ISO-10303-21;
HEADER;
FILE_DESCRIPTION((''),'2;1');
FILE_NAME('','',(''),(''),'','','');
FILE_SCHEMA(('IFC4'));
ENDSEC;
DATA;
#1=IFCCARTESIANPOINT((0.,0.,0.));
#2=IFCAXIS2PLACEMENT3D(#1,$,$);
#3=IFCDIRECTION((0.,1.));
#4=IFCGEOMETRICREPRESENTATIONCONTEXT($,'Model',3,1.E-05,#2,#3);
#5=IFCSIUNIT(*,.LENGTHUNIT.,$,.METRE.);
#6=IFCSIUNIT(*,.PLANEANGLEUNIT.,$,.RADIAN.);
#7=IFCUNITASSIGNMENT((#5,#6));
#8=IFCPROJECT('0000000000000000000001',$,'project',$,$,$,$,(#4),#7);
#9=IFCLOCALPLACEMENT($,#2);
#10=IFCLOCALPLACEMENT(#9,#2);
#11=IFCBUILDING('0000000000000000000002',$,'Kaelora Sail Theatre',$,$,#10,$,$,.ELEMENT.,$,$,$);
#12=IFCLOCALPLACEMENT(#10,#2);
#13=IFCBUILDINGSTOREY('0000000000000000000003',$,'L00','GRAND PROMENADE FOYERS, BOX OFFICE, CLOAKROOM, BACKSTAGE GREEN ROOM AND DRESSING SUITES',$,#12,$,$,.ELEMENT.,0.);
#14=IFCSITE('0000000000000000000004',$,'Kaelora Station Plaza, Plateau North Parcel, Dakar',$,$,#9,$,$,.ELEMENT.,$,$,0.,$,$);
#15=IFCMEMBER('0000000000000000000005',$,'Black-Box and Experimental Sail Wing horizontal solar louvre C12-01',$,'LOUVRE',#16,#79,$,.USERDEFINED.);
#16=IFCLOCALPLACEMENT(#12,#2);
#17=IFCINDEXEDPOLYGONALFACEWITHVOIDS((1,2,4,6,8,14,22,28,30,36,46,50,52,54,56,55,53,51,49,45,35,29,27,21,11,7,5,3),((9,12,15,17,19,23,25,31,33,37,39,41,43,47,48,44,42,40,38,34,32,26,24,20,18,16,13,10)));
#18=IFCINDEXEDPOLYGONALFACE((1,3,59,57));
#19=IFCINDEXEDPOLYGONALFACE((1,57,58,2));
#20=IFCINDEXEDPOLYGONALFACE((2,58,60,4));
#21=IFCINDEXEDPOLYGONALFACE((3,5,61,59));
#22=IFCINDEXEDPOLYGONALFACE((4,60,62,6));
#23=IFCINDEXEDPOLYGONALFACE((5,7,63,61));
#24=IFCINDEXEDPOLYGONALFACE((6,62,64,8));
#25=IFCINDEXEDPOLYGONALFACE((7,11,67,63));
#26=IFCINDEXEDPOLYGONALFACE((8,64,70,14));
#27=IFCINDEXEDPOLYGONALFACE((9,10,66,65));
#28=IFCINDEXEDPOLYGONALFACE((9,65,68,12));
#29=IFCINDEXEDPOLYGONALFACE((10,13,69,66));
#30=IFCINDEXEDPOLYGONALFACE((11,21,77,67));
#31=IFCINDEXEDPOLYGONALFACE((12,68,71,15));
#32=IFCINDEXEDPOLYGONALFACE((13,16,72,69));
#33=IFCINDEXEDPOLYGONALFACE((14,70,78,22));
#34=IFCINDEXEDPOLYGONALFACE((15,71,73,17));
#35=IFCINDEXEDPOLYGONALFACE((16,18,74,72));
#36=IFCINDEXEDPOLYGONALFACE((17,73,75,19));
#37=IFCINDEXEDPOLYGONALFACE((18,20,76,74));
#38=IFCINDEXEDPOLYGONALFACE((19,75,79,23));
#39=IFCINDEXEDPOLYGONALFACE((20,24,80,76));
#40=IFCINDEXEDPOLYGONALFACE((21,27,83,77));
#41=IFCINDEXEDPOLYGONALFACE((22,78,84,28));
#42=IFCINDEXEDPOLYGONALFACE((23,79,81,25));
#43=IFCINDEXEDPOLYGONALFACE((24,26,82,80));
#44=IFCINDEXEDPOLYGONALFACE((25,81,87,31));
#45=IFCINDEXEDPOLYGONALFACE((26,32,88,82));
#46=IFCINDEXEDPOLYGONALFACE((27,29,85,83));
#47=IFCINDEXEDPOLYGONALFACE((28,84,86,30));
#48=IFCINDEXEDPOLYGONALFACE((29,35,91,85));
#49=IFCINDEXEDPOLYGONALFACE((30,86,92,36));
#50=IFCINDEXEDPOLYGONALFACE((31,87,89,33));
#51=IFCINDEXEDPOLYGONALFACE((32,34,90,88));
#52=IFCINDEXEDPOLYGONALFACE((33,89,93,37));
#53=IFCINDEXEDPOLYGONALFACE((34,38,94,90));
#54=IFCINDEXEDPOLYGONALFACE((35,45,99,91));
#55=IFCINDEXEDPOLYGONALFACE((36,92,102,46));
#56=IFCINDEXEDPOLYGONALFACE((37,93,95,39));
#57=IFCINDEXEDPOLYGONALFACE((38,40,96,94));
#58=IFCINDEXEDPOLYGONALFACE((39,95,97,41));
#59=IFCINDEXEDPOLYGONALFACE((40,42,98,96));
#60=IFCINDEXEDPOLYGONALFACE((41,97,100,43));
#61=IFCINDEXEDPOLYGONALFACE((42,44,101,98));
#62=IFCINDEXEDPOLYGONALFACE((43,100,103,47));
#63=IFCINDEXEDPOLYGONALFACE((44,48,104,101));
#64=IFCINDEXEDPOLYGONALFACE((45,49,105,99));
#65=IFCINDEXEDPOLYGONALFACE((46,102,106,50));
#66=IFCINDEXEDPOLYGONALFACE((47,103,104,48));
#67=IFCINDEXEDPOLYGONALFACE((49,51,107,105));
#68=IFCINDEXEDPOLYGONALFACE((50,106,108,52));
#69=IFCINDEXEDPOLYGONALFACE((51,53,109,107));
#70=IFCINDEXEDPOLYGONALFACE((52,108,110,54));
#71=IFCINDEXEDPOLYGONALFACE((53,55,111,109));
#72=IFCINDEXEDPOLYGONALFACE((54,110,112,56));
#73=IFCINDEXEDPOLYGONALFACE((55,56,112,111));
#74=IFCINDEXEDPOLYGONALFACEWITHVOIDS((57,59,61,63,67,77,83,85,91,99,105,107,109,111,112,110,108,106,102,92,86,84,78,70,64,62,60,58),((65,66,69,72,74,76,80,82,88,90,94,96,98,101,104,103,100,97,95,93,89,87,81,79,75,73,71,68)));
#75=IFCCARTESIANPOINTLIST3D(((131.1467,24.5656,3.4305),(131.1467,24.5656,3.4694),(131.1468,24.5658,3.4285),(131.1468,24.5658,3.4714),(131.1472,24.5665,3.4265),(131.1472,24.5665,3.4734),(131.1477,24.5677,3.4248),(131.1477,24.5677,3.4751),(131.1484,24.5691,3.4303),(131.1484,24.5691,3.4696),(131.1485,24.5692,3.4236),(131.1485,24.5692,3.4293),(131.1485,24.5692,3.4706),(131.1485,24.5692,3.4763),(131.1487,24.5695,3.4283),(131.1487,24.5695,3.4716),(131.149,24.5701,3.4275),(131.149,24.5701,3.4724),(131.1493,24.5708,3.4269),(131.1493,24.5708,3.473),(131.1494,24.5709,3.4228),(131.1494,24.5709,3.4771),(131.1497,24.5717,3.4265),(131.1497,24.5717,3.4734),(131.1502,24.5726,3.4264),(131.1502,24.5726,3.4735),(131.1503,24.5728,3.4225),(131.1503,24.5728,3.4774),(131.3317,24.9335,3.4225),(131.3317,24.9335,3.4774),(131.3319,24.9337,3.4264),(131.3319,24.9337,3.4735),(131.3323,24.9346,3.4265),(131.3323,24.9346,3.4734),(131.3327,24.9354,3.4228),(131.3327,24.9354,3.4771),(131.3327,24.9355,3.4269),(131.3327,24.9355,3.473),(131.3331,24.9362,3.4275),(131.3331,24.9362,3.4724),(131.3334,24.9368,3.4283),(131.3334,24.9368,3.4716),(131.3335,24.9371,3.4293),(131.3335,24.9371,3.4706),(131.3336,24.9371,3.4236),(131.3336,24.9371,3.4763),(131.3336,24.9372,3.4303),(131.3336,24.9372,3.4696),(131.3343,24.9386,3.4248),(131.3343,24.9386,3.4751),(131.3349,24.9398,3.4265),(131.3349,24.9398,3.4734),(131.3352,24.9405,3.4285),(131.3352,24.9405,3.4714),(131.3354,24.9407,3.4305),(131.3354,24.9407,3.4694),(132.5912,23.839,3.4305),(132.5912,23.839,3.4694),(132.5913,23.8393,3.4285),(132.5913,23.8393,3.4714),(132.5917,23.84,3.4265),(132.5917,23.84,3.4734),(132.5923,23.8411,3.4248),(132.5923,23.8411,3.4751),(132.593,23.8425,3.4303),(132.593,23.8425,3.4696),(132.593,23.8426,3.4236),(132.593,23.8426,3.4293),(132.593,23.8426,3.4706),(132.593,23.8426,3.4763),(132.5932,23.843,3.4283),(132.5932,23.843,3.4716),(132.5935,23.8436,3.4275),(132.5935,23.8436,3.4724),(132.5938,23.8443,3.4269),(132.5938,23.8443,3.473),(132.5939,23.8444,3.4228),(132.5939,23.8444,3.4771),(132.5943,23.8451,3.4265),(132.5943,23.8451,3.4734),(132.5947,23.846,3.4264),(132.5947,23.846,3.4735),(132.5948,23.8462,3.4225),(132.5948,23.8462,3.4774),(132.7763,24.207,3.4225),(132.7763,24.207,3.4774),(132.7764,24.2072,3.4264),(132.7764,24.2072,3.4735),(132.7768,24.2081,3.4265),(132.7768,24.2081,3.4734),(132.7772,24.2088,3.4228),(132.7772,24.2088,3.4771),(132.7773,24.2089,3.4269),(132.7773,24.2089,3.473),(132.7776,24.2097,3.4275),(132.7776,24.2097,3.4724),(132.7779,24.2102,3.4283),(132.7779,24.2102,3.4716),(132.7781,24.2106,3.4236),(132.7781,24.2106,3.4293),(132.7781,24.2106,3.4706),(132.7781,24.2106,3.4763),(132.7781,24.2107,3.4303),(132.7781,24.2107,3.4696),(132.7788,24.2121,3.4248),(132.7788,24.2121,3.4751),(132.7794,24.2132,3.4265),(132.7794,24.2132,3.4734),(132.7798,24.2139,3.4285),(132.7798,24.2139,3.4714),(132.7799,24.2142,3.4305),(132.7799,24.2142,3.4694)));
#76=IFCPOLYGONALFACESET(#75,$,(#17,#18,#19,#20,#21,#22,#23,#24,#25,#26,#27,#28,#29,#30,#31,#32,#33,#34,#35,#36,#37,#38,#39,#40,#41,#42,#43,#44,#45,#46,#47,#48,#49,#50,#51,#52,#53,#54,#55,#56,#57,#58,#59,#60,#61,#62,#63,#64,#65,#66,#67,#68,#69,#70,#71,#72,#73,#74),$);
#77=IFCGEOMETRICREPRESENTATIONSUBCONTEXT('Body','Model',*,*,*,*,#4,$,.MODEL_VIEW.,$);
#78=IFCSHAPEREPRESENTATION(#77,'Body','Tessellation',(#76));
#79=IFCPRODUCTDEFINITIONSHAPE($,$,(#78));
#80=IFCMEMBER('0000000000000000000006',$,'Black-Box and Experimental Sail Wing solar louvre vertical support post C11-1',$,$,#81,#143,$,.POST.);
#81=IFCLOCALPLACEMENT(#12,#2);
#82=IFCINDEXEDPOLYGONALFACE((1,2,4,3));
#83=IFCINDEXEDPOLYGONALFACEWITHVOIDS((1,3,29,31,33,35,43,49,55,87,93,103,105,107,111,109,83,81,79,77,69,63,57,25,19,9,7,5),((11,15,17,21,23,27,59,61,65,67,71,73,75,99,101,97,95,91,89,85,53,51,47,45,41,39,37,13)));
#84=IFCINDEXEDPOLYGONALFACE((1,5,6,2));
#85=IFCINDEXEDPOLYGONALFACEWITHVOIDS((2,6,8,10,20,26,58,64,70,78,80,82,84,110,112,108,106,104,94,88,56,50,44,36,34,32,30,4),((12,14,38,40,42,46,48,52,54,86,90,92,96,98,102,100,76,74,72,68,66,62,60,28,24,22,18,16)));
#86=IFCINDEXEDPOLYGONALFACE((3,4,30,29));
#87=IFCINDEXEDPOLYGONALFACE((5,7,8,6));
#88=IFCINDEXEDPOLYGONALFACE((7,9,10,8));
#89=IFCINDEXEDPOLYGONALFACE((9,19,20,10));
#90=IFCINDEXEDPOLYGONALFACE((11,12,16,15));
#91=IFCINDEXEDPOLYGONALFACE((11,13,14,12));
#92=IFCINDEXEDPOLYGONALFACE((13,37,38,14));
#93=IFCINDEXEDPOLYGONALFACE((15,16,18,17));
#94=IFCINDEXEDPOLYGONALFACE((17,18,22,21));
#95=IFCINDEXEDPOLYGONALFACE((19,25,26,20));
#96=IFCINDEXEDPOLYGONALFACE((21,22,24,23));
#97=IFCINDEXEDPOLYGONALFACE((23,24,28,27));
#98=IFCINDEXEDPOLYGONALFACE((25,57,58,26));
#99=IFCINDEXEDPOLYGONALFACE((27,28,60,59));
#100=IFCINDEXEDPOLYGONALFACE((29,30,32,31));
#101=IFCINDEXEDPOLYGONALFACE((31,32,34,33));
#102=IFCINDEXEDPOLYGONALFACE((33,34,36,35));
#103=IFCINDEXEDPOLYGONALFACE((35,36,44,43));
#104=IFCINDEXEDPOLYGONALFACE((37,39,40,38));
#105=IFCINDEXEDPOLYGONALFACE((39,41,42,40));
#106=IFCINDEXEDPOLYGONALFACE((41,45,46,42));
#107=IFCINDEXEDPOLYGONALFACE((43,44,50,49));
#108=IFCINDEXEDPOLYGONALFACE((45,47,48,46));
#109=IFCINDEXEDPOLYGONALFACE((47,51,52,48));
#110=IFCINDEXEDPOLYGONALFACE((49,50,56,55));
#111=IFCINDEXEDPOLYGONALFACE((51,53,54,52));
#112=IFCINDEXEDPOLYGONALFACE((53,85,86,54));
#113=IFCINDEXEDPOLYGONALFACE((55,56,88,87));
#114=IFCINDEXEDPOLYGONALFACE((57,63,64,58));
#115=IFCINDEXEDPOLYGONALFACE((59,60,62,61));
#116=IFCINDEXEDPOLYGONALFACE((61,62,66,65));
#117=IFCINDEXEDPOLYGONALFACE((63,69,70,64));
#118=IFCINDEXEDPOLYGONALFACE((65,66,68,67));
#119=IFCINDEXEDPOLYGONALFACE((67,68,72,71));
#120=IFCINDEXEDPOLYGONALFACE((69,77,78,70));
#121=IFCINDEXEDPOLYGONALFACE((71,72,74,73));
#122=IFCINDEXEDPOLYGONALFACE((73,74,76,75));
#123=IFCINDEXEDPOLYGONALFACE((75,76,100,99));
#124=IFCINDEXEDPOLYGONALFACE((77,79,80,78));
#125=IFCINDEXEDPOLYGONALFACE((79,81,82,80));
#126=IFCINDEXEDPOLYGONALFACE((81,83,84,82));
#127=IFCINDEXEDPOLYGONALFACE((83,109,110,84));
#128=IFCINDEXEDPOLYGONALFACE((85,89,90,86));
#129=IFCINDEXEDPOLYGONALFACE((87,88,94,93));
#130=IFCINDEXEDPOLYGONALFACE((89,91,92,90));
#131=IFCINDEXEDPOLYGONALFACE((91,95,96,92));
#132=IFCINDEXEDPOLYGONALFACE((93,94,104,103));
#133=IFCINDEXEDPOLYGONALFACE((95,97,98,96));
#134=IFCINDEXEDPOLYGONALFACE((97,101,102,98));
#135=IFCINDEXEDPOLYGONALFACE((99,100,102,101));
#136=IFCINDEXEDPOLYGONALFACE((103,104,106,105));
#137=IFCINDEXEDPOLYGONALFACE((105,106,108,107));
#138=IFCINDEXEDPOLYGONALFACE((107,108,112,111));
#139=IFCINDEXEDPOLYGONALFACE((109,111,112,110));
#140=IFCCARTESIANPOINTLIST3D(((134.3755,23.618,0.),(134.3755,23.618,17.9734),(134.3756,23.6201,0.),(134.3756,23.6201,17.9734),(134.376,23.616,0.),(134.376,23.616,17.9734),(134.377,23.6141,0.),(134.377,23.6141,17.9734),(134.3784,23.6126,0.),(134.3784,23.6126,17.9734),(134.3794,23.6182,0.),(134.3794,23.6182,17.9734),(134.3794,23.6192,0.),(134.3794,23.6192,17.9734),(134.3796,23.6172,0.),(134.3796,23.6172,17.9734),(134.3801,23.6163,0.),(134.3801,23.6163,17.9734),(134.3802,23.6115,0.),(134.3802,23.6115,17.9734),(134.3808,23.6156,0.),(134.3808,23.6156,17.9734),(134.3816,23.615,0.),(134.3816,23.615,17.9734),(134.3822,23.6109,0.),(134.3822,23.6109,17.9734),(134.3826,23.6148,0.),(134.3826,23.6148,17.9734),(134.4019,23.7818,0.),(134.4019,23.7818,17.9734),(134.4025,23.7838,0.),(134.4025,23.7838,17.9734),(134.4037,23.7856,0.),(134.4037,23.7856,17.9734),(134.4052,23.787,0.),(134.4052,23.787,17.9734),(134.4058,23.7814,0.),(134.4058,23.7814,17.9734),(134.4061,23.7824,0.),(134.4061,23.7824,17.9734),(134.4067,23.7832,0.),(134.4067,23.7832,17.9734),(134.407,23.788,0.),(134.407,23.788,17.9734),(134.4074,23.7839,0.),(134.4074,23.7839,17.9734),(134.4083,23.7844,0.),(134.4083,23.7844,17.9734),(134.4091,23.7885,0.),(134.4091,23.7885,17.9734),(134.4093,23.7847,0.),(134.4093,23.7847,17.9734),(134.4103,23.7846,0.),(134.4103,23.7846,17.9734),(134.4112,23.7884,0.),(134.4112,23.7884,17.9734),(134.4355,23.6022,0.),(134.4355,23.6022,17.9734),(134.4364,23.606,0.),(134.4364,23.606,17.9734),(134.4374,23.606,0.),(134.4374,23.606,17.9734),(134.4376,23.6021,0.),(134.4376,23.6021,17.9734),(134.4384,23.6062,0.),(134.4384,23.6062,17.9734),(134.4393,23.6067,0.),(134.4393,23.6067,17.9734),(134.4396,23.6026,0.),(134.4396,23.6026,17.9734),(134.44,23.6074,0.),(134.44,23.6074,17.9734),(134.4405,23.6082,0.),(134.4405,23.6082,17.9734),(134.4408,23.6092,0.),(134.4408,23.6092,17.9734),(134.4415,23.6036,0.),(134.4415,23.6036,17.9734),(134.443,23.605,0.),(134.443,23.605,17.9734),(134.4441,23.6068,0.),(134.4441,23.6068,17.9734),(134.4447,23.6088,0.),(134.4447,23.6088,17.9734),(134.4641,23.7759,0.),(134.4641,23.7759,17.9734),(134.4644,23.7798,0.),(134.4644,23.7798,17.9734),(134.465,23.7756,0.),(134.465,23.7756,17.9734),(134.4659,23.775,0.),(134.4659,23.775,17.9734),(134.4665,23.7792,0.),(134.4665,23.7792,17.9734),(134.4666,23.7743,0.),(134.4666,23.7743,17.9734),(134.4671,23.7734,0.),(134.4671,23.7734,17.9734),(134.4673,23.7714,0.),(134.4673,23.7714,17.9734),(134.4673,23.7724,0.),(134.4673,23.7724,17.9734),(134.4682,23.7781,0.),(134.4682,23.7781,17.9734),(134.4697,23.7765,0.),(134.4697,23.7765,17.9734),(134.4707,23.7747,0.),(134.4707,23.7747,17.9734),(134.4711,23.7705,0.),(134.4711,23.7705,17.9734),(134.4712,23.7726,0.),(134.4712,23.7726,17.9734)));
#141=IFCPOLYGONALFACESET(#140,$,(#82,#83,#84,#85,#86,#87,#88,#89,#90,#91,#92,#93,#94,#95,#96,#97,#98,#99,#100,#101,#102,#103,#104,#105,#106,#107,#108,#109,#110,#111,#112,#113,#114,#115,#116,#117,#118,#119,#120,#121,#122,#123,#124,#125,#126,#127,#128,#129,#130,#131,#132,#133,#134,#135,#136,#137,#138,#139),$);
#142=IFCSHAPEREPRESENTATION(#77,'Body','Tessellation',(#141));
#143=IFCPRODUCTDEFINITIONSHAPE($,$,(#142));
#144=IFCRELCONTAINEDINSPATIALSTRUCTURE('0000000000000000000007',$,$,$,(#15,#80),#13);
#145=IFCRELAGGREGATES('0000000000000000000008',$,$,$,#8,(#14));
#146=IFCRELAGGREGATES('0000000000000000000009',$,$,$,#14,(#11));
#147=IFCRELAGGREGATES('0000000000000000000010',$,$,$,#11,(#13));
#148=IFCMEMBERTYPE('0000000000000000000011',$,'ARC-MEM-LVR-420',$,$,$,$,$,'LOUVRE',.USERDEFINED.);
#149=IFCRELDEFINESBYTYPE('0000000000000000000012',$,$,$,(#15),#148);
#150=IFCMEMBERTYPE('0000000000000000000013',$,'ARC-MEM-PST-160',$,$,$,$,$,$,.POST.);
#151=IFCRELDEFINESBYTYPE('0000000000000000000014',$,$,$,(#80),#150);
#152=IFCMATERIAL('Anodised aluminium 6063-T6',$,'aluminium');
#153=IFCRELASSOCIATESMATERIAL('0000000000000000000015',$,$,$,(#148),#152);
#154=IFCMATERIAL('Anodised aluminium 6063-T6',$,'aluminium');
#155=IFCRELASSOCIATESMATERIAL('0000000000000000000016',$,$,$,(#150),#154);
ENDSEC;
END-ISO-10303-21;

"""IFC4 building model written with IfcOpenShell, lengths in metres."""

from ifc_helpers import new_model, si_unit, direction, frame, origin, origin_2d, place, context, subcontext, project, spatial, hollow_rectangle, extrude, material, material_profile, profile_set, type_object, element, save


model = new_model("IFC4")

# Units and contexts
model_context = context("Model", 3, precision=1e-05, world=origin(), true_north=direction((0.0, 1.0)))
body_context = subcontext(model_context, "Body", "Model", "MODEL_VIEW")
ifc_project = project(units=[si_unit("LENGTHUNIT", "METRE"), si_unit("PLANEANGLEUNIT", "RADIAN")], contexts=[model_context])

# Site, building, storey
site_placement = place(None, origin())
site = spatial("IfcSite", under=ifc_project, at=site_placement, Name="Kaelora Station Plaza, Plateau North Parcel, Dakar", CompositionType="ELEMENT", RefElevation=0.0)
building_placement = place(site_placement, origin())
building = spatial("IfcBuilding", under=site, at=building_placement, Name="Kaelora Sail Theatre", CompositionType="ELEMENT")
storey_placement = place(building_placement, origin())
storey = spatial("IfcBuildingStorey", under=building, at=storey_placement, Name="L00", Description="GRAND PROMENADE FOYERS, BOX OFFICE, CLOAKROOM, BACKSTAGE GREEN ROOM AND DRESSING SUITES", CompositionType="ELEMENT", Elevation=0.0)

# Members
ifc_material_1 = material(Name="Anodised aluminium 6063-T6", Category="aluminium")
ifc_material_profile_1 = material_profile(ifc_material_1, hollow_rectangle(XDim=0.4199, YDim=0.0549, WallThickness=0.0039, InnerFilletRadius=0.0039, OuterFilletRadius=0.0081, at=origin_2d()), Name="LOUVRE 420x55x4")
ifc_profile_set_1 = profile_set([ifc_material_profile_1], Name="Anodised aluminium 6063-T6")
member_type_1 = type_object("IfcMemberType", Name="ARC-MEM-LVR-420", ElementType="LOUVRE", PredefinedType="USERDEFINED", material=ifc_profile_set_1)
member_1_placement = place(storey_placement, frame((132.6855, 24.0266, 3.45), z_axis=(-0.893368, 0.449326, 0.0), x_axis=(-0.449326, -0.893368, 0.0)))
element("IfcMember", 1, at=member_1_placement, inside=storey, type_object=member_type_1, Name="Black-Box and Experimental Sail Wing horizontal solar louvre C12-01", ObjectType="LOUVRE", PredefinedType="USERDEFINED", context=body_context, shape_type="SweptSolid", body=[
    extrude(hollow_rectangle(XDim=0.4199, YDim=0.0549, WallThickness=0.0039, InnerFilletRadius=0.0039, OuterFilletRadius=0.0081, at=origin_2d()), origin(), (0.0, 0.0, 1.0), 1.6169),
])
ifc_material_2 = material(Name="Anodised aluminium 6063-T6", Category="aluminium")
ifc_material_profile_2 = material_profile(ifc_material_2, hollow_rectangle(XDim=0.0701, YDim=0.1799, WallThickness=0.0039, InnerFilletRadius=0.0039, OuterFilletRadius=0.0081, at=origin_2d()), Name="ALU-MULL 70x180x4")
ifc_profile_set_2 = profile_set([ifc_material_profile_2], Name="Anodised aluminium 6063-T6")
member_type_2 = type_object("IfcMemberType", Name="ARC-MEM-PST-160", PredefinedType="POST", material=ifc_profile_set_2)
for number, where, z_axis, x_axis, name in (
    (2, (134.4233, 23.6953, 0.0), (0.0, 0.0, 1.0), (-0.986968, 0.160915, 0.0), "Black-Box and Experimental Sail Wing solar louvre vertical support post C11-1"),
):
    element("IfcMember", number, at=place(storey_placement, frame(where, z_axis=z_axis, x_axis=x_axis)), inside=storey, type_object=member_type_2, Name=name, PredefinedType="POST", context=body_context, shape_type="SweptSolid", body=[
        extrude(hollow_rectangle(XDim=0.0701, YDim=0.1799, WallThickness=0.0039, InnerFilletRadius=0.0039, OuterFilletRadius=0.0081, at=origin_2d()), origin(), (0.0, 0.0, 1.0), 17.9734),
    ])

save(model, "model.ifc")
